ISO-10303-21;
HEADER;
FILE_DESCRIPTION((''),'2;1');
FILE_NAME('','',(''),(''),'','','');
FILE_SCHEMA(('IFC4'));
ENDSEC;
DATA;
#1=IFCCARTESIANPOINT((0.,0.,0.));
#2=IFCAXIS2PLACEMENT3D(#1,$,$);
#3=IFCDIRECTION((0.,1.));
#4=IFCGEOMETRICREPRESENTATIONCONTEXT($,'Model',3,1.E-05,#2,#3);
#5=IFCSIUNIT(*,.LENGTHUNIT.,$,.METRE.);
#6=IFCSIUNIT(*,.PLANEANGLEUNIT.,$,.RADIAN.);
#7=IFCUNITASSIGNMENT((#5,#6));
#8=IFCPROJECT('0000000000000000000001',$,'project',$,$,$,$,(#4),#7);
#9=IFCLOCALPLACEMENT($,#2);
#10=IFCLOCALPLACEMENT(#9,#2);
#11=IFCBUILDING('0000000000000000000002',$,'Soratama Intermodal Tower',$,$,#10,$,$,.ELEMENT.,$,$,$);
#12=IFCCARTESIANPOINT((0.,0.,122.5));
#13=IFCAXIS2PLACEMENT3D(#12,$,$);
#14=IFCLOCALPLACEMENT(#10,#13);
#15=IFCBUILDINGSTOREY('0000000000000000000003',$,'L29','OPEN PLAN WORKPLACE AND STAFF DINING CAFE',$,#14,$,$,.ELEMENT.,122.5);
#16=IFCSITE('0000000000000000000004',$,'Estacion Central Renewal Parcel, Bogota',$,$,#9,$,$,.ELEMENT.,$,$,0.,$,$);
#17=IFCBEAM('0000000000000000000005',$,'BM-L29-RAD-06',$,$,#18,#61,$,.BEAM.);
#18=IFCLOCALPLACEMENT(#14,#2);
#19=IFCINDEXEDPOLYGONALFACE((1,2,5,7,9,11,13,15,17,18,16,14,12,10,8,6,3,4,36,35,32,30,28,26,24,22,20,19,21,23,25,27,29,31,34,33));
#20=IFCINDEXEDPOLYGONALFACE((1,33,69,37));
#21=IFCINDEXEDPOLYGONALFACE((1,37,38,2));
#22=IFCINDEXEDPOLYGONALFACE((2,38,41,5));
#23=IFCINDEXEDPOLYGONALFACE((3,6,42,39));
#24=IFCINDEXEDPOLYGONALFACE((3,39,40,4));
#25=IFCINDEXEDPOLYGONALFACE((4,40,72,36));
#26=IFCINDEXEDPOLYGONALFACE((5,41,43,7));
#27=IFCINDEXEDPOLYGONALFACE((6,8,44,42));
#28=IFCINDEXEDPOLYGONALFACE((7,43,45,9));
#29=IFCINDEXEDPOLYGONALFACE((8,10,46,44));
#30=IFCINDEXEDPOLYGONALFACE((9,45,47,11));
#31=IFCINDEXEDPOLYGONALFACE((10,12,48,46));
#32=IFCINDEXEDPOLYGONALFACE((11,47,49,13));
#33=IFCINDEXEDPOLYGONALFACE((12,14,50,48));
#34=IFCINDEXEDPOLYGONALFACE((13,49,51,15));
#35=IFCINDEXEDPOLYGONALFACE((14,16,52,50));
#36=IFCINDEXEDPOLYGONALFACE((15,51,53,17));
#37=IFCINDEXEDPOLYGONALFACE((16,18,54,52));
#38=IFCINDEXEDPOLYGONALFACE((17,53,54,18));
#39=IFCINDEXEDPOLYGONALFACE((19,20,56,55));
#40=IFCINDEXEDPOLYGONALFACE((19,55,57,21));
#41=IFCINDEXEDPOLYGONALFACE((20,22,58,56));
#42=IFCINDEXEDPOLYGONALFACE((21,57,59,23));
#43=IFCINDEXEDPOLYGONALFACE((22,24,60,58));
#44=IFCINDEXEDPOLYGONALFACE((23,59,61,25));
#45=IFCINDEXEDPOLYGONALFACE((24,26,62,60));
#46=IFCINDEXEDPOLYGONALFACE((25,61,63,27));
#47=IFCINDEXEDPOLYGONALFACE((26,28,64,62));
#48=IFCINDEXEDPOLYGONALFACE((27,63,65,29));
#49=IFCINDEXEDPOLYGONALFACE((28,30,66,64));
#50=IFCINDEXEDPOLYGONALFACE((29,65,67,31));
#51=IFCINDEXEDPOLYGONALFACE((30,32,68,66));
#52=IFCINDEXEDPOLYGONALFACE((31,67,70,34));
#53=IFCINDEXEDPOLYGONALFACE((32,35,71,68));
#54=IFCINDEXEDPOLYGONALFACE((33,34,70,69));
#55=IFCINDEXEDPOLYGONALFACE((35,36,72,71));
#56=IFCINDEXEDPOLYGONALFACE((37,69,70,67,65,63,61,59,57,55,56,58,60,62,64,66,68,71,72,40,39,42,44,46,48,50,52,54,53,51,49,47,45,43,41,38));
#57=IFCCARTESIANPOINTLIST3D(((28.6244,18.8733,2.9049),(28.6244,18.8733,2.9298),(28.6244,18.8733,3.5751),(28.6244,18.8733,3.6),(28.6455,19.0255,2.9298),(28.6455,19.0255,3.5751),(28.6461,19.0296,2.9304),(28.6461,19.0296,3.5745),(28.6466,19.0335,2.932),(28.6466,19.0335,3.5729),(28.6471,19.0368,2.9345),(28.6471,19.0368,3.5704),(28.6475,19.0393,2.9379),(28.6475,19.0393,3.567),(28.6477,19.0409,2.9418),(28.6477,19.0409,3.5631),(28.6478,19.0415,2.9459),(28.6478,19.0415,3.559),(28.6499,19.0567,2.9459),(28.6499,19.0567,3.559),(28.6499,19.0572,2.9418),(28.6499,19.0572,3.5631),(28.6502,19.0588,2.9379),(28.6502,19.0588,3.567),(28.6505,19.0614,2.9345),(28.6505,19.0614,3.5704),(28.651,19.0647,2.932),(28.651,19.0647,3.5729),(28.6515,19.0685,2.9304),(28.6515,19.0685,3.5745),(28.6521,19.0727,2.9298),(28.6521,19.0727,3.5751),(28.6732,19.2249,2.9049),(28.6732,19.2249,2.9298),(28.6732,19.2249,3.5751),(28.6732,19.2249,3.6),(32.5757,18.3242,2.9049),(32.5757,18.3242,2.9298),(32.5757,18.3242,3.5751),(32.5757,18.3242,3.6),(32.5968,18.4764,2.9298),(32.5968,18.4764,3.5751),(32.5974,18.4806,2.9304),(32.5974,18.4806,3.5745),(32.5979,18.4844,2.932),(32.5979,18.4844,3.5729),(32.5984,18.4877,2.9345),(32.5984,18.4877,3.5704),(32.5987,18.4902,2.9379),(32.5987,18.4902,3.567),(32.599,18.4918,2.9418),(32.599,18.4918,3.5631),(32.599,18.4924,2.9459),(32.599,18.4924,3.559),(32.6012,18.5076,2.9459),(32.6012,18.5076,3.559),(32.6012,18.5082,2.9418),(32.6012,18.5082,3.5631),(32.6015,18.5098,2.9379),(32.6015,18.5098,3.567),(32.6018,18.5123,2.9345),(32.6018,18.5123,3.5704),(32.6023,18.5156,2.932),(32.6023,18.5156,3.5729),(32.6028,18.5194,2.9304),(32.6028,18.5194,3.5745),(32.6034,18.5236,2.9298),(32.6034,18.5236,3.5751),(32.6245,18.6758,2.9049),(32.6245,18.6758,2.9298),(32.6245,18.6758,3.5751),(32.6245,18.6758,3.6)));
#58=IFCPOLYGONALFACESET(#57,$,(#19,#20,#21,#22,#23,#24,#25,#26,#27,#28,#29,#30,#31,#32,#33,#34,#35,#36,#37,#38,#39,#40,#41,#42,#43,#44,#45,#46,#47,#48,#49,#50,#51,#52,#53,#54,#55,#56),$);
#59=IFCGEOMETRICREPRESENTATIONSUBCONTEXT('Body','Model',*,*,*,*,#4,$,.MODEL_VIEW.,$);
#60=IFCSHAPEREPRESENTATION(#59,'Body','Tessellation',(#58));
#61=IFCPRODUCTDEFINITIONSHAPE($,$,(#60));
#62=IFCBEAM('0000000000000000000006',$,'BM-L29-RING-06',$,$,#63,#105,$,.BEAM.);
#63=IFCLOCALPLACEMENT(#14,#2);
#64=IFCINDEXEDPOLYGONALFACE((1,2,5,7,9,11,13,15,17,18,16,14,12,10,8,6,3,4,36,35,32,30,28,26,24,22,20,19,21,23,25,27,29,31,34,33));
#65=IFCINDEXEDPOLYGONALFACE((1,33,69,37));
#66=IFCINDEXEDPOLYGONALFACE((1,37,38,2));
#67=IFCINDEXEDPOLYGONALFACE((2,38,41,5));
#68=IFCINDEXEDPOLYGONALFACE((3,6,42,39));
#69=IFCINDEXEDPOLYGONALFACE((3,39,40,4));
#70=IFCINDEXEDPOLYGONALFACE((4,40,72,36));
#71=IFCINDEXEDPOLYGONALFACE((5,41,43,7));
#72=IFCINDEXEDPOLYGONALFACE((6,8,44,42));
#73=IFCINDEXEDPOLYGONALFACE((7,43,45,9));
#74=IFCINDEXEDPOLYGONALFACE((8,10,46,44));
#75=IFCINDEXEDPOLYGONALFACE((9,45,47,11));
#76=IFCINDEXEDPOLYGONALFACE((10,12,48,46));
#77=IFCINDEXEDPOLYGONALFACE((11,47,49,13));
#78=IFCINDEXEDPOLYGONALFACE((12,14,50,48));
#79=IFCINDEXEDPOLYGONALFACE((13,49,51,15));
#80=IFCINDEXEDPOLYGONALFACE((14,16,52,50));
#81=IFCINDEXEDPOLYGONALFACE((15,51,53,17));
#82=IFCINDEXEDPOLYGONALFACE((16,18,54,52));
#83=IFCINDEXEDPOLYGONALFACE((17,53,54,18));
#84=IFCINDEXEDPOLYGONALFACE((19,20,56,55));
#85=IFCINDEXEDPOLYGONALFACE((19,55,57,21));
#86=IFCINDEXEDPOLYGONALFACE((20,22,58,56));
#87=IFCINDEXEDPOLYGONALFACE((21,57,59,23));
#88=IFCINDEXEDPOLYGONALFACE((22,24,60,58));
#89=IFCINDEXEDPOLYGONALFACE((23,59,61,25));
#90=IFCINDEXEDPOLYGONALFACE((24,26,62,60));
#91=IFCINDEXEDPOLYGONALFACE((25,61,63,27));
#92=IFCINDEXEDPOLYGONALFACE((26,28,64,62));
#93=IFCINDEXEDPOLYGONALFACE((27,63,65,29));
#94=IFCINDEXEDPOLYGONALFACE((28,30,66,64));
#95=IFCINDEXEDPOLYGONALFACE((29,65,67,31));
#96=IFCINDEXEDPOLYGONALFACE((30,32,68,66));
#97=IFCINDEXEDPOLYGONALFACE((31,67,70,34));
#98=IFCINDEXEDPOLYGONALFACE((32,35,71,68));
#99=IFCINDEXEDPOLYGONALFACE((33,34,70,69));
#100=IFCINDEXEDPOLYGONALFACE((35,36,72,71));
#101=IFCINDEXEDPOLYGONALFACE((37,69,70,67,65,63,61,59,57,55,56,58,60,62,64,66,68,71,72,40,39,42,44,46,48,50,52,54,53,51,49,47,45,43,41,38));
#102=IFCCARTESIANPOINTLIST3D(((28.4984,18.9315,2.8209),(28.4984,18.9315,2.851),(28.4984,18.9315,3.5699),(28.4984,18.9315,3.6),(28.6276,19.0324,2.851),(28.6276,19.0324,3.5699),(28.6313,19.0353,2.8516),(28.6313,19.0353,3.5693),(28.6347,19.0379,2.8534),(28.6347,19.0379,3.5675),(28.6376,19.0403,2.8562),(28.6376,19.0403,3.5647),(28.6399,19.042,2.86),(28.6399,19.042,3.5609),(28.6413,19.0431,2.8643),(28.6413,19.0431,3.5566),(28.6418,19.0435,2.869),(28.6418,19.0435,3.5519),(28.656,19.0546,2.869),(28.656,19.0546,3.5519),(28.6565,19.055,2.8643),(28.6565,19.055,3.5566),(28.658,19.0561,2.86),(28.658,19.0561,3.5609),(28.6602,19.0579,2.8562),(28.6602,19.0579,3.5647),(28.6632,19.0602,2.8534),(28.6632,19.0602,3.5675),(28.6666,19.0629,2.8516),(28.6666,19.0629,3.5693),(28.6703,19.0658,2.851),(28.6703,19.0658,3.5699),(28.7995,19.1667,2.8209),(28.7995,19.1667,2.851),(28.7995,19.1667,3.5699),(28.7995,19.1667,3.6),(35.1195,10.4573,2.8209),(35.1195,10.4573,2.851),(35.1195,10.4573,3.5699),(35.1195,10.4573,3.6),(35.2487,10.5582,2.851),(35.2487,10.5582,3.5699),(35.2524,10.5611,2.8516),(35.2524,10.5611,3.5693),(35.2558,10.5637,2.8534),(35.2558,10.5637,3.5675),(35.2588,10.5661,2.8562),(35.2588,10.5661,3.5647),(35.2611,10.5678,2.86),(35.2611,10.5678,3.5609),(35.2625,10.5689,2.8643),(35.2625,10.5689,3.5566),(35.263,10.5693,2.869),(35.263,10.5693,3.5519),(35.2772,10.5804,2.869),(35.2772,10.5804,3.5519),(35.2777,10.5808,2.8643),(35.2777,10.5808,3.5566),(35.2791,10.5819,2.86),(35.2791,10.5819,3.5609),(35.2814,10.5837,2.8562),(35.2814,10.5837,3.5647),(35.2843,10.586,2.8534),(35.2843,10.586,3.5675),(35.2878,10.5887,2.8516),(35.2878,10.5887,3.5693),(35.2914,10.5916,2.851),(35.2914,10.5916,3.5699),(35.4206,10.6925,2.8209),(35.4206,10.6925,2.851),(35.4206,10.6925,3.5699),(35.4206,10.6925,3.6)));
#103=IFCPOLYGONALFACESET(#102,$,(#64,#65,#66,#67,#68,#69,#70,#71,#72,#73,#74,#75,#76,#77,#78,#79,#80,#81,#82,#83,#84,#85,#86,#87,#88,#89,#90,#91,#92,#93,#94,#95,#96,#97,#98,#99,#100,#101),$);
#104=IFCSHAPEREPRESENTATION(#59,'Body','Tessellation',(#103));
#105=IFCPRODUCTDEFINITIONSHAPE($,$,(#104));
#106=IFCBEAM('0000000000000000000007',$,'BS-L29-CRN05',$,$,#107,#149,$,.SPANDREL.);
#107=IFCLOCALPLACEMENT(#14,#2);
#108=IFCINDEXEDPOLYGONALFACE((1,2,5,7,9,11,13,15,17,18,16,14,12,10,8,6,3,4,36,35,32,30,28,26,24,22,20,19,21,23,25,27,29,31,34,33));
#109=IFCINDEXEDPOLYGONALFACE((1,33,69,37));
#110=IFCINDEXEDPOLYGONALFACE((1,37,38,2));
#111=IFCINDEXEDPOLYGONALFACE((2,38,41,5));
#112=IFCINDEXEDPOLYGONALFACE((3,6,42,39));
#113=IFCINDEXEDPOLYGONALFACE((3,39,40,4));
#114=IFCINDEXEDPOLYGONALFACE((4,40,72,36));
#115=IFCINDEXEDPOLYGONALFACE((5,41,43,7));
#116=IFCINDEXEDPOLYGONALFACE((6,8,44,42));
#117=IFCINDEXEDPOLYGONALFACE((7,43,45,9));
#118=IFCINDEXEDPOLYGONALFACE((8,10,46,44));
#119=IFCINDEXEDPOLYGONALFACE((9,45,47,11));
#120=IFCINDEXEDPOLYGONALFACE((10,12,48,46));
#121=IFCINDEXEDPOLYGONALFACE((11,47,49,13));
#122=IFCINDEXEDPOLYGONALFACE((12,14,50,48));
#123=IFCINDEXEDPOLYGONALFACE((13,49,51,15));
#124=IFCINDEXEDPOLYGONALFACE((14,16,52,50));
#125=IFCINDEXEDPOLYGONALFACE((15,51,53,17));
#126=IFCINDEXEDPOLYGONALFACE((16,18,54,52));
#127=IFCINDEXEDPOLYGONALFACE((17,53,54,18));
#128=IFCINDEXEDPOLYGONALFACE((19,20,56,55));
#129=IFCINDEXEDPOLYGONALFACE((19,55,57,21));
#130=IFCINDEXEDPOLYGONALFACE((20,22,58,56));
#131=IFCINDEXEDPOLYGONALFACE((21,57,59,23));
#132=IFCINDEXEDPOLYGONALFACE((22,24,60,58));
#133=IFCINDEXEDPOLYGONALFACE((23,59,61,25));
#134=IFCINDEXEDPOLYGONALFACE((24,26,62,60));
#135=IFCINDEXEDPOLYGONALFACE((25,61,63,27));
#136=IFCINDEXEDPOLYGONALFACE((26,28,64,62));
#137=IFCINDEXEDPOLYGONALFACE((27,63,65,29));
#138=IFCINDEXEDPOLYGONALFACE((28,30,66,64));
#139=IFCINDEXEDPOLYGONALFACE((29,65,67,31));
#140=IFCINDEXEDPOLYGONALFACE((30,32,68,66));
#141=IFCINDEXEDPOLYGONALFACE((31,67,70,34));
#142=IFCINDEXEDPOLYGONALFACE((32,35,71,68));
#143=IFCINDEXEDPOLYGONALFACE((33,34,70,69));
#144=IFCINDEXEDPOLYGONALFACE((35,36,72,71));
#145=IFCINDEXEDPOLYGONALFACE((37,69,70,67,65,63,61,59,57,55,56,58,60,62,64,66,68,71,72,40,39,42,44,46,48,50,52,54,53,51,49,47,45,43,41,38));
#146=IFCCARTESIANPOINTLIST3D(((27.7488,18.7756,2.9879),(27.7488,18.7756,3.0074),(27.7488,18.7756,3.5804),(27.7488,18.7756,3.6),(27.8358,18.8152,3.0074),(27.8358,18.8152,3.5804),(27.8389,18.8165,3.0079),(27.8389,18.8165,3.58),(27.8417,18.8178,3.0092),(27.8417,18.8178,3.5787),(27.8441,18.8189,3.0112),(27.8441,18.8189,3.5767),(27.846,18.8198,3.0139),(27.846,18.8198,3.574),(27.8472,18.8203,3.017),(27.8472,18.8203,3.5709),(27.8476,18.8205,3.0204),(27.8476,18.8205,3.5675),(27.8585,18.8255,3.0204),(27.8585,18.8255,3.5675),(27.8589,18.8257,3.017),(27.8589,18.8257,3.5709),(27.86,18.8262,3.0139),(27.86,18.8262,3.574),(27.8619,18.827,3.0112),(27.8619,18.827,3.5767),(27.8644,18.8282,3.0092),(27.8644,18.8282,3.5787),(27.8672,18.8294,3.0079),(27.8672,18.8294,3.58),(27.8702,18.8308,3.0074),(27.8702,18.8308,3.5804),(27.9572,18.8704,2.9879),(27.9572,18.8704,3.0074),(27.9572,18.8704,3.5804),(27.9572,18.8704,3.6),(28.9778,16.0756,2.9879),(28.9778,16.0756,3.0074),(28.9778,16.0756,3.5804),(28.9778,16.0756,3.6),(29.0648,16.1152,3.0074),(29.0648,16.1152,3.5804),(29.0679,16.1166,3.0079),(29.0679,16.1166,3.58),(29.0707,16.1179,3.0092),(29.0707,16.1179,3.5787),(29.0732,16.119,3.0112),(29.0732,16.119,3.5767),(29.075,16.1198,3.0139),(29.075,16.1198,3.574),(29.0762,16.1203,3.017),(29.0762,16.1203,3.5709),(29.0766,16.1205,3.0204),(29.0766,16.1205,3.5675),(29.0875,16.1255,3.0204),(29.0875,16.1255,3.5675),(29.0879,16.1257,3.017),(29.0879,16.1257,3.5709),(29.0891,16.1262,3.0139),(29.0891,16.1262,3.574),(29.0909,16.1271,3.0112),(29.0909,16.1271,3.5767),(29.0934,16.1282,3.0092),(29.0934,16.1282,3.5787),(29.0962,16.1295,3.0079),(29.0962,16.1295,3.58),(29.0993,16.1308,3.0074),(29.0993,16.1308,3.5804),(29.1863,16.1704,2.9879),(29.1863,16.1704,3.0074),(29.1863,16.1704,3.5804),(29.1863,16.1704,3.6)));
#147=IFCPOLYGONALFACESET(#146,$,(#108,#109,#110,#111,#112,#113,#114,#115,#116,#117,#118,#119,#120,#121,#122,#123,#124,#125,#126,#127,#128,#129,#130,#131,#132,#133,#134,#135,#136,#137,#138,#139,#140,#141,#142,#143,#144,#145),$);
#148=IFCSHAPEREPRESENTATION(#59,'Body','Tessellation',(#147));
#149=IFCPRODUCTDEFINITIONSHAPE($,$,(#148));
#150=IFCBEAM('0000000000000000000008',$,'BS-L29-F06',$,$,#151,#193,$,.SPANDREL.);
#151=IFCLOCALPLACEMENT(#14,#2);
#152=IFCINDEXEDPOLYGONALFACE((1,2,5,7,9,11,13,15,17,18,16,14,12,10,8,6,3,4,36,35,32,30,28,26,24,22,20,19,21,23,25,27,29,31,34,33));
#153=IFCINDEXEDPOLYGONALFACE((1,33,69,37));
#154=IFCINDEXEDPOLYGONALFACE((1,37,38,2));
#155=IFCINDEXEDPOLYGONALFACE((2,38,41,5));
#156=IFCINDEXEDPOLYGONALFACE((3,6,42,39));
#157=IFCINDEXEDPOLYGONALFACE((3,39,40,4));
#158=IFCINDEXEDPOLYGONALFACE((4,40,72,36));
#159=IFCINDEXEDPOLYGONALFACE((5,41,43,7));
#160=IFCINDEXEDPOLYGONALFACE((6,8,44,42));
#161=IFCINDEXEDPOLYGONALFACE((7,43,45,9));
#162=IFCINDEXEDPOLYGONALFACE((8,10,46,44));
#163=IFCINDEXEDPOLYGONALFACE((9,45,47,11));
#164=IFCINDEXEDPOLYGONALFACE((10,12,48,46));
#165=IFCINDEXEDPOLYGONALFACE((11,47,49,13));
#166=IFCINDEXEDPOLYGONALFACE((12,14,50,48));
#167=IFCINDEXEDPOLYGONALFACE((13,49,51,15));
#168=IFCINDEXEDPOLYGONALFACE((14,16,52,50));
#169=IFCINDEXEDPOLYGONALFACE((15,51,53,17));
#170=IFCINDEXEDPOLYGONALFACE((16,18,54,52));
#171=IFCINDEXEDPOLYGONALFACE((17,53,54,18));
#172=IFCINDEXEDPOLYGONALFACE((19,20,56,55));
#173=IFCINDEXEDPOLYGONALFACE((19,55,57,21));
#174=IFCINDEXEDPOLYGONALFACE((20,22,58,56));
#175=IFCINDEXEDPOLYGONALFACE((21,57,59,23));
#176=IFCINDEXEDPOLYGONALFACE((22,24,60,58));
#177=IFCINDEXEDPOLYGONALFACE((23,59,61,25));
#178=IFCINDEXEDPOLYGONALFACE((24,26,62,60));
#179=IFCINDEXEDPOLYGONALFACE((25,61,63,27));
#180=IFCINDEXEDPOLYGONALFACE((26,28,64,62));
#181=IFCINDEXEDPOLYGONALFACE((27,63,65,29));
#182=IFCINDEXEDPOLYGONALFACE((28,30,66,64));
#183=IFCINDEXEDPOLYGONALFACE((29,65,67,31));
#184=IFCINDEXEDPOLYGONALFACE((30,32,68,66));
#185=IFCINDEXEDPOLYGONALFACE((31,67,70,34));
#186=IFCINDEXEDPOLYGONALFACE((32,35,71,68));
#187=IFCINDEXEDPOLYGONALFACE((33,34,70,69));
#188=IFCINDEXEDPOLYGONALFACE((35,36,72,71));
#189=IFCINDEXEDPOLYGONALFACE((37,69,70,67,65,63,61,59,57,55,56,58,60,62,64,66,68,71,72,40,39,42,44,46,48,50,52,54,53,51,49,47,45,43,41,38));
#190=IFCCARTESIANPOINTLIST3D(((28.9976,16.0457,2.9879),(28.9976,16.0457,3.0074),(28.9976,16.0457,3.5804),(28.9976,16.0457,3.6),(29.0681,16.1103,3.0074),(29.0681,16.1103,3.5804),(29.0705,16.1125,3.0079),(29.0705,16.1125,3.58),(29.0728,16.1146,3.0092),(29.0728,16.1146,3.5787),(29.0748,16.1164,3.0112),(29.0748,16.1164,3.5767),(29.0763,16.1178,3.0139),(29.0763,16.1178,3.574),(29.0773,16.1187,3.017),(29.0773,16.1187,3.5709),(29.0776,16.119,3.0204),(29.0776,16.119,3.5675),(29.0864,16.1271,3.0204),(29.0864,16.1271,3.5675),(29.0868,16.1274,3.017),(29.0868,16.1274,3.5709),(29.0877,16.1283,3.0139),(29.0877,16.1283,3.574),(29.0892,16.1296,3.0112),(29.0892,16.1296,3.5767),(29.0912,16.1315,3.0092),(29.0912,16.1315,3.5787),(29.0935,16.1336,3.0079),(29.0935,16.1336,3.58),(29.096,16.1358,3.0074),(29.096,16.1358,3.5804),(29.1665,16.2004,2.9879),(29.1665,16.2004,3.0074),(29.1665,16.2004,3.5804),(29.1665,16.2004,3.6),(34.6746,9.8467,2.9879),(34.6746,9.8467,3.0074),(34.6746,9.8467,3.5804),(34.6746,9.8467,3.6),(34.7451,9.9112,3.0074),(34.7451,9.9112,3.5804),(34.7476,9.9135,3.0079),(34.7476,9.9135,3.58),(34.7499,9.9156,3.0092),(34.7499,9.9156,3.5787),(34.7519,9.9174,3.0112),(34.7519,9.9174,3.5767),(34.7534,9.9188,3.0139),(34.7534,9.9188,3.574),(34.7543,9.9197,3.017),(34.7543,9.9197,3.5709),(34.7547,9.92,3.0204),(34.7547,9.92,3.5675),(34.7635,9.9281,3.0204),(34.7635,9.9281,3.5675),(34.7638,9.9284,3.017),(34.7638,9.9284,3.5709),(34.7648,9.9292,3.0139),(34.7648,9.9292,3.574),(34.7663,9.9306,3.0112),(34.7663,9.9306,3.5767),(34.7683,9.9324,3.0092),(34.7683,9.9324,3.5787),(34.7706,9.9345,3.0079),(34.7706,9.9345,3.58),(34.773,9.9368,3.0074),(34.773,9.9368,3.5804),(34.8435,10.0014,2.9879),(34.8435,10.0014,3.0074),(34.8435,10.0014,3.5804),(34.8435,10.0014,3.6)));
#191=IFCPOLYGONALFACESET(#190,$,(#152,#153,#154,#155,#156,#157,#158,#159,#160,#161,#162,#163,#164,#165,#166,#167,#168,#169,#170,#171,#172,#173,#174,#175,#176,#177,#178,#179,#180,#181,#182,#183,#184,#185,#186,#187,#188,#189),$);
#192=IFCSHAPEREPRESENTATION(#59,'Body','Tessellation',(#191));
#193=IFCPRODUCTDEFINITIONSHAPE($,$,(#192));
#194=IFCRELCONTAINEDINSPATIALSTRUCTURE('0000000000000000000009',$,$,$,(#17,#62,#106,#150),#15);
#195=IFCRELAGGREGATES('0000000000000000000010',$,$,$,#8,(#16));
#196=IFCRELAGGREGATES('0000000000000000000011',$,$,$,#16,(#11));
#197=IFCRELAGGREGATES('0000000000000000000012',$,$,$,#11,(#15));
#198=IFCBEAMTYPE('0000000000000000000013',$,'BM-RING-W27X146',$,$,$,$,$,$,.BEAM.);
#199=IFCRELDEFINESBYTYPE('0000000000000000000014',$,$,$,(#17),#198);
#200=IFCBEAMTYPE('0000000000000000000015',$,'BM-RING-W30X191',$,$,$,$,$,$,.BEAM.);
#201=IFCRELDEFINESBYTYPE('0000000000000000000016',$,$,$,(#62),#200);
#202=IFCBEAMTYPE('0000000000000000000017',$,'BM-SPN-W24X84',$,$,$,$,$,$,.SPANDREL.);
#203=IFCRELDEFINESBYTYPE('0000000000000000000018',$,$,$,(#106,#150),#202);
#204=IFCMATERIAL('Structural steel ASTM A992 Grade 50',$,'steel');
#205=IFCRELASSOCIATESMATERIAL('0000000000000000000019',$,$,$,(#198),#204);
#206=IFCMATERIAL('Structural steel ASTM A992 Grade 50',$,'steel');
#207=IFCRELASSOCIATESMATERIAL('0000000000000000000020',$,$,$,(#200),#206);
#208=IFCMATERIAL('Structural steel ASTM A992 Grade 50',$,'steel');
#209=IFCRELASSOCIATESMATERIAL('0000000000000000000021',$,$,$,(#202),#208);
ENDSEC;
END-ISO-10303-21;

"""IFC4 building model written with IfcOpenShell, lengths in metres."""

from ifc_helpers import new_model, si_unit, direction, frame, origin, origin_2d, place, context, subcontext, project, spatial, i_section, extrude, material, material_profile, profile_set, type_object, element, save


model = new_model("IFC4")

# Units and contexts
model_context = context("Model", 3, precision=1e-05, world=origin(), true_north=direction((0.0, 1.0)))
body_context = subcontext(model_context, "Body", "Model", "MODEL_VIEW")
ifc_project = project(units=[si_unit("LENGTHUNIT", "METRE"), si_unit("PLANEANGLEUNIT", "RADIAN")], contexts=[model_context])

# Site, building, storey
site_placement = place(None, origin())
site = spatial("IfcSite", under=ifc_project, at=site_placement, Name="Estacion Central Renewal Parcel, Bogota", CompositionType="ELEMENT", RefElevation=0.0)
building_placement = place(site_placement, origin())
building = spatial("IfcBuilding", under=site, at=building_placement, Name="Soratama Intermodal Tower", CompositionType="ELEMENT")
storey_placement = place(building_placement, frame((0.0, 0.0, 122.5)))
storey = spatial("IfcBuildingStorey", under=building, at=storey_placement, Name="L29", Description="OPEN PLAN WORKPLACE AND STAFF DINING CAFE", CompositionType="ELEMENT", Elevation=122.5)

# Beams
ifc_material_1 = material(Name="Structural steel ASTM A992 Grade 50", Category="steel")
ifc_material_profile_1 = material_profile(ifc_material_1, i_section(OverallWidth=0.355, OverallDepth=0.6951, WebThickness=0.0154, FlangeThickness=0.0249, FilletRadius=0.0161, at=origin_2d()), Name="W27X146")
ifc_profile_set_1 = profile_set([ifc_material_profile_1], Name="Structural steel ASTM A992 Grade 50")
beam_type_1 = type_object("IfcBeamType", Name="BM-RING-W27X146", PredefinedType="BEAM", material=ifc_profile_set_1)
beam_1_placement = place(storey_placement, frame((32.6001, 18.5, 3.2524), z_axis=(-0.990482, 0.137642, 0.0), x_axis=(-0.137642, -0.990482, 0.0)))
element("IfcBeam", 1, at=beam_1_placement, inside=storey, type_object=beam_type_1, Name="BM-L29-RAD-06", PredefinedType="BEAM", context=body_context, shape_type="SweptSolid", body=[
    extrude(i_section(OverallWidth=0.355, OverallDepth=0.6951, WebThickness=0.0154, FlangeThickness=0.0249, FilletRadius=0.0161, at=origin_2d()), origin(), (0.0, 0.0, 1.0), 3.9893),
])
ifc_material_2 = material(Name="Structural steel ASTM A992 Grade 50", Category="steel")
ifc_material_profile_2 = material_profile(ifc_material_2, i_section(OverallWidth=0.3821, OverallDepth=0.7791, WebThickness=0.0181, FlangeThickness=0.03, FilletRadius=0.0181, at=origin_2d()), Name="W30X191")
ifc_profile_set_2 = profile_set([ifc_material_profile_2], Name="Structural steel ASTM A992 Grade 50")
beam_type_2 = type_object("IfcBeamType", Name="BM-RING-W30X191", PredefinedType="BEAM", material=ifc_profile_set_2)
beam_2_placement = place(storey_placement, frame((28.6489, 19.0491, 3.2104), z_axis=(0.615684, -0.787993, 0.0), x_axis=(0.787993, 0.615684, 0.0)))
element("IfcBeam", 2, at=beam_2_placement, inside=storey, type_object=beam_type_2, Name="BM-L29-RING-06", PredefinedType="BEAM", context=body_context, shape_type="SweptSolid", body=[
    extrude(i_section(OverallWidth=0.3821, OverallDepth=0.7791, WebThickness=0.0181, FlangeThickness=0.03, FilletRadius=0.0181, at=origin_2d()), origin(), (0.0, 0.0, 1.0), 10.7542),
])
ifc_material_3 = material(Name="Structural steel ASTM A992 Grade 50", Category="steel")
ifc_material_profile_3 = material_profile(ifc_material_3, i_section(OverallWidth=0.229, OverallDepth=0.6121, WebThickness=0.012, FlangeThickness=0.0195, FilletRadius=0.0129, at=origin_2d()), Name="W24X84")
ifc_profile_set_3 = profile_set([ifc_material_profile_3], Name="Structural steel ASTM A992 Grade 50")
beam_type_3 = type_object("IfcBeamType", Name="BM-SPN-W24X84", PredefinedType="SPANDREL", material=ifc_profile_set_3)
beam_3_placement = place(storey_placement, frame((27.853, 18.823, 3.2939), z_axis=(0.414293, -0.910144, 0.0), x_axis=(0.910144, 0.414293, 0.0)))
element("IfcBeam", 3, at=beam_3_placement, inside=storey, type_object=beam_type_3, Name="BS-L29-CRN05", PredefinedType="SPANDREL", context=body_context, shape_type="SweptSolid", body=[
    extrude(i_section(OverallWidth=0.229, OverallDepth=0.6121, WebThickness=0.012, FlangeThickness=0.0195, FilletRadius=0.0129, at=origin_2d()), origin(), (0.0, 0.0, 1.0), 2.9666),
])
beam_4_placement = place(storey_placement, frame((29.082, 16.123, 3.2939), z_axis=(0.675376, -0.737474, 0.0), x_axis=(0.737474, 0.675376, 0.0)))
element("IfcBeam", 4, at=beam_4_placement, inside=storey, type_object=beam_type_3, Name="BS-L29-F06", PredefinedType="SPANDREL", context=body_context, shape_type="SweptSolid", body=[
    extrude(i_section(OverallWidth=0.229, OverallDepth=0.6121, WebThickness=0.012, FlangeThickness=0.0195, FilletRadius=0.0129, at=origin_2d()), origin(), (0.0, 0.0, 1.0), 8.4058),
])

save(model, "model.ifc")
